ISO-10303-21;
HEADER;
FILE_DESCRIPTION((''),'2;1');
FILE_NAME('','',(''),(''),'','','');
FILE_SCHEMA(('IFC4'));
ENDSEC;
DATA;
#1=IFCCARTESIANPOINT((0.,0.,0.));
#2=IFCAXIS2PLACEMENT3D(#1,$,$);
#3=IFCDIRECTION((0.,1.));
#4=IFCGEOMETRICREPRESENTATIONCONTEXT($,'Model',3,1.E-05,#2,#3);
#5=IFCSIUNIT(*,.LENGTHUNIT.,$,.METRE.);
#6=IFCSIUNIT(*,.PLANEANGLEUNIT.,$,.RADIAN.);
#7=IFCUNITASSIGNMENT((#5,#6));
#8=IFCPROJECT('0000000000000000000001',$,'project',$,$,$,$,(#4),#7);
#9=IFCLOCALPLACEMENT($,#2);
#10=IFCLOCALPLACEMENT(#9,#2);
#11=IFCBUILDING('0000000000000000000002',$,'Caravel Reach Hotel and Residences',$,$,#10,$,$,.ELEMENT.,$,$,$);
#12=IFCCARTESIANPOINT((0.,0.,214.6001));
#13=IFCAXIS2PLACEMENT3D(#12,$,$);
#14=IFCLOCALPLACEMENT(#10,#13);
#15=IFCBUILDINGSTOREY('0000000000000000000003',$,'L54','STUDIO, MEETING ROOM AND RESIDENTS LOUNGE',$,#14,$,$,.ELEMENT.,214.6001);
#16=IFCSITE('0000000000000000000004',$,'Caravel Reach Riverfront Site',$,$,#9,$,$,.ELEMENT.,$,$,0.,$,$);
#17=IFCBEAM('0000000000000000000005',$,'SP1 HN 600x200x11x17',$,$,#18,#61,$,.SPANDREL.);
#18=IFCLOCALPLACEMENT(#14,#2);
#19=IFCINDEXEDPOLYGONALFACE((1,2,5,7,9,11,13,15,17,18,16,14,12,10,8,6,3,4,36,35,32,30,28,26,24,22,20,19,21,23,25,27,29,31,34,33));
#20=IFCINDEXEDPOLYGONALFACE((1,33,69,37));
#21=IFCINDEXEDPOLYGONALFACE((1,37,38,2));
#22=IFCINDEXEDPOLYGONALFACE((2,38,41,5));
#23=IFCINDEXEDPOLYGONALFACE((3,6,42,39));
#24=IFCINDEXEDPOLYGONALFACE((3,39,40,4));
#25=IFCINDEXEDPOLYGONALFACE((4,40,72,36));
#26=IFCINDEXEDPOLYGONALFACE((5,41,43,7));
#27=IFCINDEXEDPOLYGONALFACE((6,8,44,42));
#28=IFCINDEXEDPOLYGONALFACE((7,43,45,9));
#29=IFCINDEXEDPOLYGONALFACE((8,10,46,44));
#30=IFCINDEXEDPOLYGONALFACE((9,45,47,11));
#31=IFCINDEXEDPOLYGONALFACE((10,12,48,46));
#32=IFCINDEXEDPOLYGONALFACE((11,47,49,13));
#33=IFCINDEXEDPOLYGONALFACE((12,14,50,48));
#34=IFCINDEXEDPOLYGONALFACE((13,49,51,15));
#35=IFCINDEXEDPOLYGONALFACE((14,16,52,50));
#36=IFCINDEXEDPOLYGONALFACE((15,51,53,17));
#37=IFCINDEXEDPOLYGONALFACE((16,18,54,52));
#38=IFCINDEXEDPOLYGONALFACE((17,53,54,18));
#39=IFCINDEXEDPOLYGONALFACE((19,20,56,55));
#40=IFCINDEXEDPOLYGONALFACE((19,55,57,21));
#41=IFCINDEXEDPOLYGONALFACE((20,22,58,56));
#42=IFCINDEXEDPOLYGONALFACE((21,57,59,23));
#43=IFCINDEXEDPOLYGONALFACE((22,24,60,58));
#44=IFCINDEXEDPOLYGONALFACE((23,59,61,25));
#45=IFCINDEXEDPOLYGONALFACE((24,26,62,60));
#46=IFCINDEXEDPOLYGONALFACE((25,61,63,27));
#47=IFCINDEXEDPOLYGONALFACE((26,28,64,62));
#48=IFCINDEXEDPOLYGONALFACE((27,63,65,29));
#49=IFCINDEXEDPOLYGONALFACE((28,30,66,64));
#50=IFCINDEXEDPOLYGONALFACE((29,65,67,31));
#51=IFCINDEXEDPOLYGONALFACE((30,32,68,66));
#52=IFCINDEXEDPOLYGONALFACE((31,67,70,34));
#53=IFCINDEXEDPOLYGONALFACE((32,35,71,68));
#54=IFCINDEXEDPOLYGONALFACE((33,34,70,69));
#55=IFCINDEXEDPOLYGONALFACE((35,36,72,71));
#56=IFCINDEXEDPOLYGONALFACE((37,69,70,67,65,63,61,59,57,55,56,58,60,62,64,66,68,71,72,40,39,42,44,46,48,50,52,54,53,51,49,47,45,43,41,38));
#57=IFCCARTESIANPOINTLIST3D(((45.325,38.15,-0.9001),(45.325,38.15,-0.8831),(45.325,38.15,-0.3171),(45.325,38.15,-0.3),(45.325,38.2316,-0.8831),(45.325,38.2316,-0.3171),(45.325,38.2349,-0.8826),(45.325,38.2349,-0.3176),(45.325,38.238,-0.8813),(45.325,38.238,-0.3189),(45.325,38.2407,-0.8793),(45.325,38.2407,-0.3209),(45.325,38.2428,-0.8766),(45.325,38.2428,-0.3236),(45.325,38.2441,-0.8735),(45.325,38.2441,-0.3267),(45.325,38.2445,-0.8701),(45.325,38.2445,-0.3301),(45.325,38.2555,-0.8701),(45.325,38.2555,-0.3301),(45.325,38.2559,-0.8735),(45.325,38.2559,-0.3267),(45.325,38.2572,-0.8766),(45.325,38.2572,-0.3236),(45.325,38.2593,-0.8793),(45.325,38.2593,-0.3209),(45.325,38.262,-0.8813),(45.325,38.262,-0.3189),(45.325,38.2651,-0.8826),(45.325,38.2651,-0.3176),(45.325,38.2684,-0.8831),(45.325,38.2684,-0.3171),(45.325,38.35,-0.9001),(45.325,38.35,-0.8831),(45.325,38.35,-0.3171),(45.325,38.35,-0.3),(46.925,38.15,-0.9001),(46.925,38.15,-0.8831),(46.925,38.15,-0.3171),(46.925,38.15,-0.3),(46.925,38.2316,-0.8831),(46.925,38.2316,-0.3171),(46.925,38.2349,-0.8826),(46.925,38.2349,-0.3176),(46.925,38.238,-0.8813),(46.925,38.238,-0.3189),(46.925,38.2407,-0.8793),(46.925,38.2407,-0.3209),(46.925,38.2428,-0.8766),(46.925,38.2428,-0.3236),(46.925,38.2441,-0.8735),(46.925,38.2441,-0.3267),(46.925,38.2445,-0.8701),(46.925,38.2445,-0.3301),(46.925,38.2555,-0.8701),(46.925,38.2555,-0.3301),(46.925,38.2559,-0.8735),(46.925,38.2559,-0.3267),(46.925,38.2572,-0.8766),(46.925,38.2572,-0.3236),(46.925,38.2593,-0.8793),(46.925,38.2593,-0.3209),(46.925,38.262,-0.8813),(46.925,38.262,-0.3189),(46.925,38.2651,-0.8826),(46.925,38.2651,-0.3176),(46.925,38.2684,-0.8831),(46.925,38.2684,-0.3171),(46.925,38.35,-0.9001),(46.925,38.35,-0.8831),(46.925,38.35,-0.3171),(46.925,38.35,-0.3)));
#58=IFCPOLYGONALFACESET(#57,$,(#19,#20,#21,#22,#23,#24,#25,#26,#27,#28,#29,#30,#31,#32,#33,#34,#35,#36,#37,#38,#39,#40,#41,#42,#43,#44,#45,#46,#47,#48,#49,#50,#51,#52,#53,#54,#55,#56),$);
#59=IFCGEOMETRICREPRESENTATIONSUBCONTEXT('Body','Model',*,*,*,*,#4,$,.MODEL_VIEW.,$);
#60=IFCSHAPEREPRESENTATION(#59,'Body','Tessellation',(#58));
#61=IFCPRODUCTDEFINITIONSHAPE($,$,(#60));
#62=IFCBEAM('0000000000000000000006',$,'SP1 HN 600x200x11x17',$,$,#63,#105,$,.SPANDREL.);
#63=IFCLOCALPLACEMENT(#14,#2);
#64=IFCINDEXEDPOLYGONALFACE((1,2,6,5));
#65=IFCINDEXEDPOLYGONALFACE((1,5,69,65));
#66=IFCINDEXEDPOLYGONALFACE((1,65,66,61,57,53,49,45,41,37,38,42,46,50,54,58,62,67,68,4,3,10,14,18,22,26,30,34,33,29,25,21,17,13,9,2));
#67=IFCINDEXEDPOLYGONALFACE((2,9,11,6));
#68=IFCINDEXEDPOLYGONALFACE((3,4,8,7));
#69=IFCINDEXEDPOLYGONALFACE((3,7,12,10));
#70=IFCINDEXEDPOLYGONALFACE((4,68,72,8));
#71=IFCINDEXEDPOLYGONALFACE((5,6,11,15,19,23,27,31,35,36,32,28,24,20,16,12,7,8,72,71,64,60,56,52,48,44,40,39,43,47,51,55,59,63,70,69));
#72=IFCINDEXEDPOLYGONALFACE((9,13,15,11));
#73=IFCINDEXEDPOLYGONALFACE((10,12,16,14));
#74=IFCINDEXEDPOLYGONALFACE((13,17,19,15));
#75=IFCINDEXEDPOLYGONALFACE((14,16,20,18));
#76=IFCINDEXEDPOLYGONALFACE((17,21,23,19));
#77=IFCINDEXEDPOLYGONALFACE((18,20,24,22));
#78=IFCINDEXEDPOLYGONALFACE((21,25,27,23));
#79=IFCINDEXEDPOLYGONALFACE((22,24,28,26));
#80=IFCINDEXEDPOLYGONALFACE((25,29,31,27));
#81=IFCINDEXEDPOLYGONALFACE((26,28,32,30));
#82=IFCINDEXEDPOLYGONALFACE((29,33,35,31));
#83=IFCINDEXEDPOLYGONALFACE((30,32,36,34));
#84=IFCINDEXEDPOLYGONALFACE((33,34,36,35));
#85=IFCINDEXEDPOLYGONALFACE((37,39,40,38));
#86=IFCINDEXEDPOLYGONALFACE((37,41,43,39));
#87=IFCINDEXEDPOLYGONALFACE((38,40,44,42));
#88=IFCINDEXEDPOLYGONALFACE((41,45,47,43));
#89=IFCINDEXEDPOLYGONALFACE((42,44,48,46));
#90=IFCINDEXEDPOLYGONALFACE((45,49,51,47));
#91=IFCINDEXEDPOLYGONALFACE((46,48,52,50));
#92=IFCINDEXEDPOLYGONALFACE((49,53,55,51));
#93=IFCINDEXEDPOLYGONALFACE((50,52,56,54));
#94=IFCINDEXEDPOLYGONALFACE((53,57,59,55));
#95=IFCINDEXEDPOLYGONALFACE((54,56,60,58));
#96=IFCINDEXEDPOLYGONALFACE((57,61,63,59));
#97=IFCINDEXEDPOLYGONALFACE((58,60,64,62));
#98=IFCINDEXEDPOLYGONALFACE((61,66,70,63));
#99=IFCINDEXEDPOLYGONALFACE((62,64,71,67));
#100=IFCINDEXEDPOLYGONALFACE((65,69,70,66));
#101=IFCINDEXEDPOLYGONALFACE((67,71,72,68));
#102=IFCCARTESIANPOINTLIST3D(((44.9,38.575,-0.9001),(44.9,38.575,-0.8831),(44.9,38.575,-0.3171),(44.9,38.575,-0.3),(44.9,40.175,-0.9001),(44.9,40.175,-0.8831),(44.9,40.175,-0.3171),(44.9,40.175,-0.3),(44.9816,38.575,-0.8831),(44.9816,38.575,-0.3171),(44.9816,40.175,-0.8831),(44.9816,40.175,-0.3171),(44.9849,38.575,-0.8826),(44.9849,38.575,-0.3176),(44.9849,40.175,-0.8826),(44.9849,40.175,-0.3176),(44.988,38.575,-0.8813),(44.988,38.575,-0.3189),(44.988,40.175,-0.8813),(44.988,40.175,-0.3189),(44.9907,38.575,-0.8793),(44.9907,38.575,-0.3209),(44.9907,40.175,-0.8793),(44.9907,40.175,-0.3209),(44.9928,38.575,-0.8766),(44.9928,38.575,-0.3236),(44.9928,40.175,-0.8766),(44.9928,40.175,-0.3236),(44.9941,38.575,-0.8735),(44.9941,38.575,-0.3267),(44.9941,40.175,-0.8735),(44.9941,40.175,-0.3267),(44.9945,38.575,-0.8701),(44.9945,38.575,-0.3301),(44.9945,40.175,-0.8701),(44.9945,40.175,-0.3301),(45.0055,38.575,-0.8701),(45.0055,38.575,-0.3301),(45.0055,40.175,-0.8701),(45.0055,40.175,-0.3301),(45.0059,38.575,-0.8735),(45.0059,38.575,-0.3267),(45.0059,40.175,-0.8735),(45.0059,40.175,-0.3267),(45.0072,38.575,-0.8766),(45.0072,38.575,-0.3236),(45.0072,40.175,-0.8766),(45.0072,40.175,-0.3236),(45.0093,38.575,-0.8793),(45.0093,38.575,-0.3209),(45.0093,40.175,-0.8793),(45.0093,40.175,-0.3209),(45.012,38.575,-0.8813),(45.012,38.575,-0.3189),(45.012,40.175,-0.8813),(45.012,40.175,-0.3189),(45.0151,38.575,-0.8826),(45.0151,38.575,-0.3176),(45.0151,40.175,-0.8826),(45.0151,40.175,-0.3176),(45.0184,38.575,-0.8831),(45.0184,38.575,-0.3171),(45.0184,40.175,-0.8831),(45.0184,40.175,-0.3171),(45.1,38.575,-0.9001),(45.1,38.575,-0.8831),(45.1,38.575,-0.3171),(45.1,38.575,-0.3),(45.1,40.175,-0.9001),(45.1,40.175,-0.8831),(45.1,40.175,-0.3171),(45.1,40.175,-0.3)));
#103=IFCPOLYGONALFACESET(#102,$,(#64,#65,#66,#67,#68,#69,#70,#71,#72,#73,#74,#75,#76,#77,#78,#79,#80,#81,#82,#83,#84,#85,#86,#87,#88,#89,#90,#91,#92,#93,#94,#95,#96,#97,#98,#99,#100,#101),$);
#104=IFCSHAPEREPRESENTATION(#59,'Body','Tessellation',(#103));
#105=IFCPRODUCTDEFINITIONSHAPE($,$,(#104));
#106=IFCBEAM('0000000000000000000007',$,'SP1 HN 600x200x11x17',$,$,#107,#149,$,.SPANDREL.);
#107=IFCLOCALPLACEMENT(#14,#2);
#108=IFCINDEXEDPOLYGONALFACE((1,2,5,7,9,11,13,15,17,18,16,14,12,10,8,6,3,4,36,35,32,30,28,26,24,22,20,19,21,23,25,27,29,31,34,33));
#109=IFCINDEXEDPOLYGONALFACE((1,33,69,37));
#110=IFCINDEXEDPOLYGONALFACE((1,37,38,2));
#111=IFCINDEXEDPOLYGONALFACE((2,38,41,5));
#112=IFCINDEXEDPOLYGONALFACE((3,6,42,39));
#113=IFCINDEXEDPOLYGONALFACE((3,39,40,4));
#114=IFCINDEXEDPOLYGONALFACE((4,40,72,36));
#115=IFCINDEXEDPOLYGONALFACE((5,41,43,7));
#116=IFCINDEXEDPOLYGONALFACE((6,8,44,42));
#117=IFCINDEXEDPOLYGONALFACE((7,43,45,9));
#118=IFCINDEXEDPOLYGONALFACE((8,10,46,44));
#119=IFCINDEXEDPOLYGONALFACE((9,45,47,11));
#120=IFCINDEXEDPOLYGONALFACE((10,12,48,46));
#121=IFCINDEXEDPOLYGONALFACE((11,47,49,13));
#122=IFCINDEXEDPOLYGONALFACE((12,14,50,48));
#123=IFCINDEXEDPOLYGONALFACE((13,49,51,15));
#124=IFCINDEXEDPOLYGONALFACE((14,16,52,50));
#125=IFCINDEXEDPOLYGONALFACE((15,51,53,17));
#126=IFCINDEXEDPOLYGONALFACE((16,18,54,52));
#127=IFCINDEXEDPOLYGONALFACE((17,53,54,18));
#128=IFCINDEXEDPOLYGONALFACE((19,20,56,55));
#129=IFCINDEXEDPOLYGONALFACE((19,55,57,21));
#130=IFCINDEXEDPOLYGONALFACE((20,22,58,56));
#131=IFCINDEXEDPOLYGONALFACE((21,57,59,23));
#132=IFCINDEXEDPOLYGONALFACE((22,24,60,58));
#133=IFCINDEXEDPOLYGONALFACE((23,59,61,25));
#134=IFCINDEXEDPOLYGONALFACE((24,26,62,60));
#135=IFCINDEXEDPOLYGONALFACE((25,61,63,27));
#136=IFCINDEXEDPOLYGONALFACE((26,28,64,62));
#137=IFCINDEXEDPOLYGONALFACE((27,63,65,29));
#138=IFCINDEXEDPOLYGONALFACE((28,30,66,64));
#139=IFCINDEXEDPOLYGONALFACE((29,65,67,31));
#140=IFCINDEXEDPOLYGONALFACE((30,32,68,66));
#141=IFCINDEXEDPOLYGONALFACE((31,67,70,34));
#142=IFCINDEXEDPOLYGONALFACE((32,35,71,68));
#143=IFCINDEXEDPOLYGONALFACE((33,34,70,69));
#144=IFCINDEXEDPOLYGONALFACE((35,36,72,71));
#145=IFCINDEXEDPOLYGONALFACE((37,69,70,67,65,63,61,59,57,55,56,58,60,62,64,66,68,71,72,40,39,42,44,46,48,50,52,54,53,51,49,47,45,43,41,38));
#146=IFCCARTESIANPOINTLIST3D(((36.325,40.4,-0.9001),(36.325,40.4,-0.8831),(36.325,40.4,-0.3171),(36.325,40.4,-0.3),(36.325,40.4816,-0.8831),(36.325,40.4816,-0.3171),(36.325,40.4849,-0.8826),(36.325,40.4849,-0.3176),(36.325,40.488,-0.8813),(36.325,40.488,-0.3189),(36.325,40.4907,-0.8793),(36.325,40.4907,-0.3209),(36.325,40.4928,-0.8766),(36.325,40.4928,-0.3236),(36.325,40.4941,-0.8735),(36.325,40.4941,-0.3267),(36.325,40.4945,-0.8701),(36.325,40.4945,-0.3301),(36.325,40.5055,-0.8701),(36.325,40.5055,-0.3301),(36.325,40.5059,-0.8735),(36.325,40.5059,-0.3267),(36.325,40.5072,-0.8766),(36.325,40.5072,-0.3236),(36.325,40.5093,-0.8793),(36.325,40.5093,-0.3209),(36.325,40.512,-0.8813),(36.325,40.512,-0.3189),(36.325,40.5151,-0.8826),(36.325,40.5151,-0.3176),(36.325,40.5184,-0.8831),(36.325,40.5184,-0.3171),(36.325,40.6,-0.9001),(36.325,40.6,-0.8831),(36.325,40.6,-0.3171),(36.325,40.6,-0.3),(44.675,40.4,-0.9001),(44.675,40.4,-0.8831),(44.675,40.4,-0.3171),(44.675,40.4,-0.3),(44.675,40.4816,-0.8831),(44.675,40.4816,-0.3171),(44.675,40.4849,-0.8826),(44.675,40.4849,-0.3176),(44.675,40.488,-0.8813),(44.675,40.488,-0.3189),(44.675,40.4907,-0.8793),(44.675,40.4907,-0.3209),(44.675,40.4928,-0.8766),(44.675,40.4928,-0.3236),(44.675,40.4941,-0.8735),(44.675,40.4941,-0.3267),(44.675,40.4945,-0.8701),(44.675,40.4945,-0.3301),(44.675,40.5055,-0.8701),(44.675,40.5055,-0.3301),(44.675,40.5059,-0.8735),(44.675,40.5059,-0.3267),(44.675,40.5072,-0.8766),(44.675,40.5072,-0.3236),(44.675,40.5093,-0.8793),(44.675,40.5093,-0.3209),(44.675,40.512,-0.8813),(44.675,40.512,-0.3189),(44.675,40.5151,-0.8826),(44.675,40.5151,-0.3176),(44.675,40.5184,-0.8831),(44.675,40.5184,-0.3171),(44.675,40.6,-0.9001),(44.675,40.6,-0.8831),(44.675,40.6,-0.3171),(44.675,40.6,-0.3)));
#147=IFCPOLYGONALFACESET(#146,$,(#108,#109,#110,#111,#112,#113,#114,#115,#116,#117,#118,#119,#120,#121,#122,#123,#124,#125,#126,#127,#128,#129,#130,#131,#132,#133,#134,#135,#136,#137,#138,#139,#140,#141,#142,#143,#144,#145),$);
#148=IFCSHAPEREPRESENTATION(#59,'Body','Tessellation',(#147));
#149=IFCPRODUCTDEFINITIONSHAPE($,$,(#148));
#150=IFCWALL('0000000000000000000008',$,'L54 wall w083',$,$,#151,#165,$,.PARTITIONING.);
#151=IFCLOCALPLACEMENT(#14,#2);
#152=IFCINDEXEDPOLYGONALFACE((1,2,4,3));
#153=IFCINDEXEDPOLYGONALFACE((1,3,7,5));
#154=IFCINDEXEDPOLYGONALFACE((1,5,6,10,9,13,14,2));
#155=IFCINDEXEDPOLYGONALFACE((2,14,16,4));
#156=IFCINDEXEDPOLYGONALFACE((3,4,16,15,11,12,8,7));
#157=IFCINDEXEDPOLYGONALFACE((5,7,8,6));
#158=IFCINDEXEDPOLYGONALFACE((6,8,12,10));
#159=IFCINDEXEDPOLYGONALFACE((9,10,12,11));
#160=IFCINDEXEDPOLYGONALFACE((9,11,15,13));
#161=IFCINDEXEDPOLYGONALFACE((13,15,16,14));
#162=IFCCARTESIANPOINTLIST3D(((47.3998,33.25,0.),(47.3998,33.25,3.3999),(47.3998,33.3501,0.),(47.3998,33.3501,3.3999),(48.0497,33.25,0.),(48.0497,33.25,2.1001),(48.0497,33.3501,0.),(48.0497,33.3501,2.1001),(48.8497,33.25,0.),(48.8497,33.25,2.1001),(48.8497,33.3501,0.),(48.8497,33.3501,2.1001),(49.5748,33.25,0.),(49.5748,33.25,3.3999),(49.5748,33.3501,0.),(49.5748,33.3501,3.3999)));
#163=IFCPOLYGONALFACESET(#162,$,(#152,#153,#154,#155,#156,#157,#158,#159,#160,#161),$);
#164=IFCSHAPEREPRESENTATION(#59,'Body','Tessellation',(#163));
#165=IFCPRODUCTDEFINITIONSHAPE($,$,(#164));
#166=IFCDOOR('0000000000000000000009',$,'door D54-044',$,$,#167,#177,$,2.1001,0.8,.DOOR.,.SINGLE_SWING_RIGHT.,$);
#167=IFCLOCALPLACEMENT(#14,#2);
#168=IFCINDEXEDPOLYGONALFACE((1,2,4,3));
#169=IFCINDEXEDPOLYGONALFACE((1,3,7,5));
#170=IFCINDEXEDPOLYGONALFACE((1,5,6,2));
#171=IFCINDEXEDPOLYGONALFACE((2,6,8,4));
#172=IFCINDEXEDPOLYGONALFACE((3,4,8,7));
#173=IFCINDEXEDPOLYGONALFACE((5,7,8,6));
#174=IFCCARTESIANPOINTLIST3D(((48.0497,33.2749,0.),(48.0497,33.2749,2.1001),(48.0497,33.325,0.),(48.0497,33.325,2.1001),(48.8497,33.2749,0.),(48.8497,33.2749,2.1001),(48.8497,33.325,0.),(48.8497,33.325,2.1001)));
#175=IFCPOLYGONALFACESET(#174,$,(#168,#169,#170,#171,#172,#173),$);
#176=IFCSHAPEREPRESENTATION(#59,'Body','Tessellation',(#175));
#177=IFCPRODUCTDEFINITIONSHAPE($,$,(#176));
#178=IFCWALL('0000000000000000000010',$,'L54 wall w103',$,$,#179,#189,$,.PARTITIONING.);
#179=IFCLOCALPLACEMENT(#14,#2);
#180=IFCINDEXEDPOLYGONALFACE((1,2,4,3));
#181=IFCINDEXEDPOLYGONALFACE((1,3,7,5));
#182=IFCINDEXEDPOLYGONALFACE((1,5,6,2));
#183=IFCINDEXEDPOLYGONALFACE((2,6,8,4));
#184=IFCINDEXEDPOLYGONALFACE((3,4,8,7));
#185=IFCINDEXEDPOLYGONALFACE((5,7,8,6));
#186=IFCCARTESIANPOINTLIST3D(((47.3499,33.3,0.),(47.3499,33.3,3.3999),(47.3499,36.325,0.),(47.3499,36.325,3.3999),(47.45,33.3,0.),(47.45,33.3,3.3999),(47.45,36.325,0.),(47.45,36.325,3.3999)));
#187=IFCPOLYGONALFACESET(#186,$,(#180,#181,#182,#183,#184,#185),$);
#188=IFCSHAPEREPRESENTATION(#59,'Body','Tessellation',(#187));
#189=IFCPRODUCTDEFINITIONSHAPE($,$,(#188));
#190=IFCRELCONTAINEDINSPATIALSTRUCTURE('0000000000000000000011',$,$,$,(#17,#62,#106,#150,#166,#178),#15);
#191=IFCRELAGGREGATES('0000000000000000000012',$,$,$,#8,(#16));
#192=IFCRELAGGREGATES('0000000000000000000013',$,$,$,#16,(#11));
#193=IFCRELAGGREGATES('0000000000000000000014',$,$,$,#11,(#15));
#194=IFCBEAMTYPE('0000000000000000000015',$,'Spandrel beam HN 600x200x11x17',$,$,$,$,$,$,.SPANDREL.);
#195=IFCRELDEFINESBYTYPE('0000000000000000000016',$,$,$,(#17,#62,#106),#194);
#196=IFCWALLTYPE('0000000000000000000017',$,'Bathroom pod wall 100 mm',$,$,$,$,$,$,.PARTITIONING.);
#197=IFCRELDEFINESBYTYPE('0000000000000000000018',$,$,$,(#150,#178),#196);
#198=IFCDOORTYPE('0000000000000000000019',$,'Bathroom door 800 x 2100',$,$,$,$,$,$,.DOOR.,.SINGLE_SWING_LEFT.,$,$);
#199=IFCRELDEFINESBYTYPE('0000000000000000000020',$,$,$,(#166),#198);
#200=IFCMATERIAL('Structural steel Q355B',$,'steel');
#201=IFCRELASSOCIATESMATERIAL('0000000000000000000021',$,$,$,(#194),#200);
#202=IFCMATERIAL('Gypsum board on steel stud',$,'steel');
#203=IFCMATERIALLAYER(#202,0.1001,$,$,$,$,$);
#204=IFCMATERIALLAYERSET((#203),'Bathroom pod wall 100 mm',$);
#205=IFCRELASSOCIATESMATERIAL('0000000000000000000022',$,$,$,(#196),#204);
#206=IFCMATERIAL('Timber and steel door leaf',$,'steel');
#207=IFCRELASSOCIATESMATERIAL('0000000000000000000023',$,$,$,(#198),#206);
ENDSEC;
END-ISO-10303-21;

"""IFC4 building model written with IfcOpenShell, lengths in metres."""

from ifc_helpers import new_model, si_unit, direction, frame, frame_2d, origin, origin_2d, place, context, subcontext, project, spatial, rectangle, i_section, extrude, material, layer, layer_set, material_profile, profile_set, type_object, element, fill, save


model = new_model("IFC4")

# Units and contexts
model_context = context("Model", 3, precision=1e-05, world=origin(), true_north=direction((0.0, 1.0)))
body_context = subcontext(model_context, "Body", "Model", "MODEL_VIEW")
ifc_project = project(units=[si_unit("LENGTHUNIT", "METRE"), si_unit("PLANEANGLEUNIT", "RADIAN")], contexts=[model_context])

# Site, building, storey
site_placement = place(None, origin())
site = spatial("IfcSite", under=ifc_project, at=site_placement, Name="Caravel Reach Riverfront Site", CompositionType="ELEMENT", RefElevation=0.0)
building_placement = place(site_placement, origin())
building = spatial("IfcBuilding", under=site, at=building_placement, Name="Caravel Reach Hotel and Residences", CompositionType="ELEMENT")
storey_placement = place(building_placement, frame((0.0, 0.0, 214.6001)))
storey = spatial("IfcBuildingStorey", under=building, at=storey_placement, Name="L54", Description="STUDIO, MEETING ROOM AND RESIDENTS LOUNGE", CompositionType="ELEMENT", Elevation=214.6001)

# Beams
ifc_material_1 = material(Name="Structural steel Q355B", Category="steel")
ifc_material_profile_1 = material_profile(ifc_material_1, i_section(OverallWidth=0.2, OverallDepth=0.6001, WebThickness=0.011, FlangeThickness=0.0171, FilletRadius=0.0129, at=origin_2d()), Name="HN 600x200x11x17")
ifc_profile_set_1 = profile_set([ifc_material_profile_1], Name="Structural steel Q355B")
beam_type = type_object("IfcBeamType", Name="Spandrel beam HN 600x200x11x17", PredefinedType="SPANDREL", material=ifc_profile_set_1)
for number, where, z_axis, x_axis, name in (
    (1, (46.925, 38.25, -0.6001), (-1.0, 0.0, 0.0), (0.0, -1.0, 0.0), "SP1 HN 600x200x11x17"),
    (2, (45.0, 38.575, -0.6001), (0.0, 1.0, 0.0), (-1.0, 0.0, 0.0), "SP1 HN 600x200x11x17"),
):
    element("IfcBeam", number, at=place(storey_placement, frame(where, z_axis=z_axis, x_axis=x_axis)), inside=storey, type_object=beam_type, Name=name, PredefinedType="SPANDREL", context=body_context, shape_type="SweptSolid", body=[
        extrude(i_section(OverallWidth=0.2, OverallDepth=0.6001, WebThickness=0.011, FlangeThickness=0.0171, FilletRadius=0.0129, at=origin_2d()), origin(), (0.0, 0.0, 1.0), 1.6001),
    ])
beam_placement = place(storey_placement, frame((44.675, 40.5, -0.6001), z_axis=(-1.0, 0.0, 0.0), x_axis=(0.0, -1.0, 0.0)))
element("IfcBeam", 3, at=beam_placement, inside=storey, type_object=beam_type, Name="SP1 HN 600x200x11x17", PredefinedType="SPANDREL", context=body_context, shape_type="SweptSolid", body=[
    extrude(i_section(OverallWidth=0.2, OverallDepth=0.6001, WebThickness=0.011, FlangeThickness=0.0171, FilletRadius=0.0129, at=origin_2d()), origin(), (0.0, 0.0, 1.0), 8.3501),
])

# Wall, opening, door
ifc_material_2 = material(Name="Gypsum board on steel stud", Category="steel")
ifc_layer_1 = layer(ifc_material_2, 0.1001)
ifc_layer_set_1 = layer_set([ifc_layer_1], Name="Bathroom pod wall 100 mm")
wall_type_1 = type_object("IfcWallType", Name="Bathroom pod wall 100 mm", PredefinedType="PARTITIONING", material=ifc_layer_set_1)
wall_1_placement = place(storey_placement, frame((47.3999, 33.3, 0.0), z_axis=(0.0, 0.0, 1.0), x_axis=(1.0, 0.0, 0.0)))
wall_1 = element("IfcWall", 4, at=wall_1_placement, inside=storey, type_object=wall_type_1, Name="L54 wall w083", PredefinedType="PARTITIONING", context=body_context, shape_type="SweptSolid", body=[
    extrude(rectangle(XDim=2.175, YDim=0.1001, at=frame_2d((1.0874, 0.0))), origin(), (0.0, 0.0, 1.0), 3.3999),
])
opening_1_placement = place(wall_1_placement, frame((0.6499, 0.0, 0.0)))
opening_1 = element("IfcOpeningElement", 5, at=opening_1_placement, cuts=wall_1, PredefinedType="OPENING", context=body_context, shape_type="SweptSolid", body=[
    extrude(rectangle(XDim=0.8, YDim=2.1001, at=frame_2d((0.3999, 1.05))), frame((0.0, 0.0601, 0.0), z_axis=(0.0, -1.0, 0.0), x_axis=(1.0, 0.0, 0.0)), (0.0, 0.0, 1.0), 0.1201),
])
ifc_material_3 = material(Name="Timber and steel door leaf", Category="steel")
door_type = type_object("IfcDoorType", Name="Bathroom door 800 x 2100", OperationType="SINGLE_SWING_LEFT", PredefinedType="DOOR", material=ifc_material_3)
door_placement = place(opening_1_placement, origin())
door = element("IfcDoor", 6, at=door_placement, inside=storey, type_object=door_type, Name="door D54-044", OperationType="SINGLE_SWING_RIGHT", OverallHeight=2.1001, OverallWidth=0.8, PredefinedType="DOOR", context=body_context, shape_type="SweptSolid", body=[
    extrude(rectangle(XDim=0.8, YDim=2.1001, at=frame_2d((0.3999, 1.05))), frame((0.0, 0.0249, 0.0), z_axis=(0.0, -1.0, 0.0), x_axis=(1.0, 0.0, 0.0)), (0.0, 0.0, 1.0), 0.05),
])
fill(opening_1, door)

# Wall
wall_2_placement = place(storey_placement, frame((47.3999, 33.3, 0.0), z_axis=(0.0, 0.0, 1.0), x_axis=(0.0, 1.0, 0.0)))
element("IfcWall", 7, at=wall_2_placement, inside=storey, type_object=wall_type_1, Name="L54 wall w103", PredefinedType="PARTITIONING", context=body_context, shape_type="SweptSolid", body=[
    extrude(rectangle(XDim=3.0249, YDim=0.1001, at=frame_2d((1.5125, 0.0))), origin(), (0.0, 0.0, 1.0), 3.3999),
])

save(model, "model.ifc")
